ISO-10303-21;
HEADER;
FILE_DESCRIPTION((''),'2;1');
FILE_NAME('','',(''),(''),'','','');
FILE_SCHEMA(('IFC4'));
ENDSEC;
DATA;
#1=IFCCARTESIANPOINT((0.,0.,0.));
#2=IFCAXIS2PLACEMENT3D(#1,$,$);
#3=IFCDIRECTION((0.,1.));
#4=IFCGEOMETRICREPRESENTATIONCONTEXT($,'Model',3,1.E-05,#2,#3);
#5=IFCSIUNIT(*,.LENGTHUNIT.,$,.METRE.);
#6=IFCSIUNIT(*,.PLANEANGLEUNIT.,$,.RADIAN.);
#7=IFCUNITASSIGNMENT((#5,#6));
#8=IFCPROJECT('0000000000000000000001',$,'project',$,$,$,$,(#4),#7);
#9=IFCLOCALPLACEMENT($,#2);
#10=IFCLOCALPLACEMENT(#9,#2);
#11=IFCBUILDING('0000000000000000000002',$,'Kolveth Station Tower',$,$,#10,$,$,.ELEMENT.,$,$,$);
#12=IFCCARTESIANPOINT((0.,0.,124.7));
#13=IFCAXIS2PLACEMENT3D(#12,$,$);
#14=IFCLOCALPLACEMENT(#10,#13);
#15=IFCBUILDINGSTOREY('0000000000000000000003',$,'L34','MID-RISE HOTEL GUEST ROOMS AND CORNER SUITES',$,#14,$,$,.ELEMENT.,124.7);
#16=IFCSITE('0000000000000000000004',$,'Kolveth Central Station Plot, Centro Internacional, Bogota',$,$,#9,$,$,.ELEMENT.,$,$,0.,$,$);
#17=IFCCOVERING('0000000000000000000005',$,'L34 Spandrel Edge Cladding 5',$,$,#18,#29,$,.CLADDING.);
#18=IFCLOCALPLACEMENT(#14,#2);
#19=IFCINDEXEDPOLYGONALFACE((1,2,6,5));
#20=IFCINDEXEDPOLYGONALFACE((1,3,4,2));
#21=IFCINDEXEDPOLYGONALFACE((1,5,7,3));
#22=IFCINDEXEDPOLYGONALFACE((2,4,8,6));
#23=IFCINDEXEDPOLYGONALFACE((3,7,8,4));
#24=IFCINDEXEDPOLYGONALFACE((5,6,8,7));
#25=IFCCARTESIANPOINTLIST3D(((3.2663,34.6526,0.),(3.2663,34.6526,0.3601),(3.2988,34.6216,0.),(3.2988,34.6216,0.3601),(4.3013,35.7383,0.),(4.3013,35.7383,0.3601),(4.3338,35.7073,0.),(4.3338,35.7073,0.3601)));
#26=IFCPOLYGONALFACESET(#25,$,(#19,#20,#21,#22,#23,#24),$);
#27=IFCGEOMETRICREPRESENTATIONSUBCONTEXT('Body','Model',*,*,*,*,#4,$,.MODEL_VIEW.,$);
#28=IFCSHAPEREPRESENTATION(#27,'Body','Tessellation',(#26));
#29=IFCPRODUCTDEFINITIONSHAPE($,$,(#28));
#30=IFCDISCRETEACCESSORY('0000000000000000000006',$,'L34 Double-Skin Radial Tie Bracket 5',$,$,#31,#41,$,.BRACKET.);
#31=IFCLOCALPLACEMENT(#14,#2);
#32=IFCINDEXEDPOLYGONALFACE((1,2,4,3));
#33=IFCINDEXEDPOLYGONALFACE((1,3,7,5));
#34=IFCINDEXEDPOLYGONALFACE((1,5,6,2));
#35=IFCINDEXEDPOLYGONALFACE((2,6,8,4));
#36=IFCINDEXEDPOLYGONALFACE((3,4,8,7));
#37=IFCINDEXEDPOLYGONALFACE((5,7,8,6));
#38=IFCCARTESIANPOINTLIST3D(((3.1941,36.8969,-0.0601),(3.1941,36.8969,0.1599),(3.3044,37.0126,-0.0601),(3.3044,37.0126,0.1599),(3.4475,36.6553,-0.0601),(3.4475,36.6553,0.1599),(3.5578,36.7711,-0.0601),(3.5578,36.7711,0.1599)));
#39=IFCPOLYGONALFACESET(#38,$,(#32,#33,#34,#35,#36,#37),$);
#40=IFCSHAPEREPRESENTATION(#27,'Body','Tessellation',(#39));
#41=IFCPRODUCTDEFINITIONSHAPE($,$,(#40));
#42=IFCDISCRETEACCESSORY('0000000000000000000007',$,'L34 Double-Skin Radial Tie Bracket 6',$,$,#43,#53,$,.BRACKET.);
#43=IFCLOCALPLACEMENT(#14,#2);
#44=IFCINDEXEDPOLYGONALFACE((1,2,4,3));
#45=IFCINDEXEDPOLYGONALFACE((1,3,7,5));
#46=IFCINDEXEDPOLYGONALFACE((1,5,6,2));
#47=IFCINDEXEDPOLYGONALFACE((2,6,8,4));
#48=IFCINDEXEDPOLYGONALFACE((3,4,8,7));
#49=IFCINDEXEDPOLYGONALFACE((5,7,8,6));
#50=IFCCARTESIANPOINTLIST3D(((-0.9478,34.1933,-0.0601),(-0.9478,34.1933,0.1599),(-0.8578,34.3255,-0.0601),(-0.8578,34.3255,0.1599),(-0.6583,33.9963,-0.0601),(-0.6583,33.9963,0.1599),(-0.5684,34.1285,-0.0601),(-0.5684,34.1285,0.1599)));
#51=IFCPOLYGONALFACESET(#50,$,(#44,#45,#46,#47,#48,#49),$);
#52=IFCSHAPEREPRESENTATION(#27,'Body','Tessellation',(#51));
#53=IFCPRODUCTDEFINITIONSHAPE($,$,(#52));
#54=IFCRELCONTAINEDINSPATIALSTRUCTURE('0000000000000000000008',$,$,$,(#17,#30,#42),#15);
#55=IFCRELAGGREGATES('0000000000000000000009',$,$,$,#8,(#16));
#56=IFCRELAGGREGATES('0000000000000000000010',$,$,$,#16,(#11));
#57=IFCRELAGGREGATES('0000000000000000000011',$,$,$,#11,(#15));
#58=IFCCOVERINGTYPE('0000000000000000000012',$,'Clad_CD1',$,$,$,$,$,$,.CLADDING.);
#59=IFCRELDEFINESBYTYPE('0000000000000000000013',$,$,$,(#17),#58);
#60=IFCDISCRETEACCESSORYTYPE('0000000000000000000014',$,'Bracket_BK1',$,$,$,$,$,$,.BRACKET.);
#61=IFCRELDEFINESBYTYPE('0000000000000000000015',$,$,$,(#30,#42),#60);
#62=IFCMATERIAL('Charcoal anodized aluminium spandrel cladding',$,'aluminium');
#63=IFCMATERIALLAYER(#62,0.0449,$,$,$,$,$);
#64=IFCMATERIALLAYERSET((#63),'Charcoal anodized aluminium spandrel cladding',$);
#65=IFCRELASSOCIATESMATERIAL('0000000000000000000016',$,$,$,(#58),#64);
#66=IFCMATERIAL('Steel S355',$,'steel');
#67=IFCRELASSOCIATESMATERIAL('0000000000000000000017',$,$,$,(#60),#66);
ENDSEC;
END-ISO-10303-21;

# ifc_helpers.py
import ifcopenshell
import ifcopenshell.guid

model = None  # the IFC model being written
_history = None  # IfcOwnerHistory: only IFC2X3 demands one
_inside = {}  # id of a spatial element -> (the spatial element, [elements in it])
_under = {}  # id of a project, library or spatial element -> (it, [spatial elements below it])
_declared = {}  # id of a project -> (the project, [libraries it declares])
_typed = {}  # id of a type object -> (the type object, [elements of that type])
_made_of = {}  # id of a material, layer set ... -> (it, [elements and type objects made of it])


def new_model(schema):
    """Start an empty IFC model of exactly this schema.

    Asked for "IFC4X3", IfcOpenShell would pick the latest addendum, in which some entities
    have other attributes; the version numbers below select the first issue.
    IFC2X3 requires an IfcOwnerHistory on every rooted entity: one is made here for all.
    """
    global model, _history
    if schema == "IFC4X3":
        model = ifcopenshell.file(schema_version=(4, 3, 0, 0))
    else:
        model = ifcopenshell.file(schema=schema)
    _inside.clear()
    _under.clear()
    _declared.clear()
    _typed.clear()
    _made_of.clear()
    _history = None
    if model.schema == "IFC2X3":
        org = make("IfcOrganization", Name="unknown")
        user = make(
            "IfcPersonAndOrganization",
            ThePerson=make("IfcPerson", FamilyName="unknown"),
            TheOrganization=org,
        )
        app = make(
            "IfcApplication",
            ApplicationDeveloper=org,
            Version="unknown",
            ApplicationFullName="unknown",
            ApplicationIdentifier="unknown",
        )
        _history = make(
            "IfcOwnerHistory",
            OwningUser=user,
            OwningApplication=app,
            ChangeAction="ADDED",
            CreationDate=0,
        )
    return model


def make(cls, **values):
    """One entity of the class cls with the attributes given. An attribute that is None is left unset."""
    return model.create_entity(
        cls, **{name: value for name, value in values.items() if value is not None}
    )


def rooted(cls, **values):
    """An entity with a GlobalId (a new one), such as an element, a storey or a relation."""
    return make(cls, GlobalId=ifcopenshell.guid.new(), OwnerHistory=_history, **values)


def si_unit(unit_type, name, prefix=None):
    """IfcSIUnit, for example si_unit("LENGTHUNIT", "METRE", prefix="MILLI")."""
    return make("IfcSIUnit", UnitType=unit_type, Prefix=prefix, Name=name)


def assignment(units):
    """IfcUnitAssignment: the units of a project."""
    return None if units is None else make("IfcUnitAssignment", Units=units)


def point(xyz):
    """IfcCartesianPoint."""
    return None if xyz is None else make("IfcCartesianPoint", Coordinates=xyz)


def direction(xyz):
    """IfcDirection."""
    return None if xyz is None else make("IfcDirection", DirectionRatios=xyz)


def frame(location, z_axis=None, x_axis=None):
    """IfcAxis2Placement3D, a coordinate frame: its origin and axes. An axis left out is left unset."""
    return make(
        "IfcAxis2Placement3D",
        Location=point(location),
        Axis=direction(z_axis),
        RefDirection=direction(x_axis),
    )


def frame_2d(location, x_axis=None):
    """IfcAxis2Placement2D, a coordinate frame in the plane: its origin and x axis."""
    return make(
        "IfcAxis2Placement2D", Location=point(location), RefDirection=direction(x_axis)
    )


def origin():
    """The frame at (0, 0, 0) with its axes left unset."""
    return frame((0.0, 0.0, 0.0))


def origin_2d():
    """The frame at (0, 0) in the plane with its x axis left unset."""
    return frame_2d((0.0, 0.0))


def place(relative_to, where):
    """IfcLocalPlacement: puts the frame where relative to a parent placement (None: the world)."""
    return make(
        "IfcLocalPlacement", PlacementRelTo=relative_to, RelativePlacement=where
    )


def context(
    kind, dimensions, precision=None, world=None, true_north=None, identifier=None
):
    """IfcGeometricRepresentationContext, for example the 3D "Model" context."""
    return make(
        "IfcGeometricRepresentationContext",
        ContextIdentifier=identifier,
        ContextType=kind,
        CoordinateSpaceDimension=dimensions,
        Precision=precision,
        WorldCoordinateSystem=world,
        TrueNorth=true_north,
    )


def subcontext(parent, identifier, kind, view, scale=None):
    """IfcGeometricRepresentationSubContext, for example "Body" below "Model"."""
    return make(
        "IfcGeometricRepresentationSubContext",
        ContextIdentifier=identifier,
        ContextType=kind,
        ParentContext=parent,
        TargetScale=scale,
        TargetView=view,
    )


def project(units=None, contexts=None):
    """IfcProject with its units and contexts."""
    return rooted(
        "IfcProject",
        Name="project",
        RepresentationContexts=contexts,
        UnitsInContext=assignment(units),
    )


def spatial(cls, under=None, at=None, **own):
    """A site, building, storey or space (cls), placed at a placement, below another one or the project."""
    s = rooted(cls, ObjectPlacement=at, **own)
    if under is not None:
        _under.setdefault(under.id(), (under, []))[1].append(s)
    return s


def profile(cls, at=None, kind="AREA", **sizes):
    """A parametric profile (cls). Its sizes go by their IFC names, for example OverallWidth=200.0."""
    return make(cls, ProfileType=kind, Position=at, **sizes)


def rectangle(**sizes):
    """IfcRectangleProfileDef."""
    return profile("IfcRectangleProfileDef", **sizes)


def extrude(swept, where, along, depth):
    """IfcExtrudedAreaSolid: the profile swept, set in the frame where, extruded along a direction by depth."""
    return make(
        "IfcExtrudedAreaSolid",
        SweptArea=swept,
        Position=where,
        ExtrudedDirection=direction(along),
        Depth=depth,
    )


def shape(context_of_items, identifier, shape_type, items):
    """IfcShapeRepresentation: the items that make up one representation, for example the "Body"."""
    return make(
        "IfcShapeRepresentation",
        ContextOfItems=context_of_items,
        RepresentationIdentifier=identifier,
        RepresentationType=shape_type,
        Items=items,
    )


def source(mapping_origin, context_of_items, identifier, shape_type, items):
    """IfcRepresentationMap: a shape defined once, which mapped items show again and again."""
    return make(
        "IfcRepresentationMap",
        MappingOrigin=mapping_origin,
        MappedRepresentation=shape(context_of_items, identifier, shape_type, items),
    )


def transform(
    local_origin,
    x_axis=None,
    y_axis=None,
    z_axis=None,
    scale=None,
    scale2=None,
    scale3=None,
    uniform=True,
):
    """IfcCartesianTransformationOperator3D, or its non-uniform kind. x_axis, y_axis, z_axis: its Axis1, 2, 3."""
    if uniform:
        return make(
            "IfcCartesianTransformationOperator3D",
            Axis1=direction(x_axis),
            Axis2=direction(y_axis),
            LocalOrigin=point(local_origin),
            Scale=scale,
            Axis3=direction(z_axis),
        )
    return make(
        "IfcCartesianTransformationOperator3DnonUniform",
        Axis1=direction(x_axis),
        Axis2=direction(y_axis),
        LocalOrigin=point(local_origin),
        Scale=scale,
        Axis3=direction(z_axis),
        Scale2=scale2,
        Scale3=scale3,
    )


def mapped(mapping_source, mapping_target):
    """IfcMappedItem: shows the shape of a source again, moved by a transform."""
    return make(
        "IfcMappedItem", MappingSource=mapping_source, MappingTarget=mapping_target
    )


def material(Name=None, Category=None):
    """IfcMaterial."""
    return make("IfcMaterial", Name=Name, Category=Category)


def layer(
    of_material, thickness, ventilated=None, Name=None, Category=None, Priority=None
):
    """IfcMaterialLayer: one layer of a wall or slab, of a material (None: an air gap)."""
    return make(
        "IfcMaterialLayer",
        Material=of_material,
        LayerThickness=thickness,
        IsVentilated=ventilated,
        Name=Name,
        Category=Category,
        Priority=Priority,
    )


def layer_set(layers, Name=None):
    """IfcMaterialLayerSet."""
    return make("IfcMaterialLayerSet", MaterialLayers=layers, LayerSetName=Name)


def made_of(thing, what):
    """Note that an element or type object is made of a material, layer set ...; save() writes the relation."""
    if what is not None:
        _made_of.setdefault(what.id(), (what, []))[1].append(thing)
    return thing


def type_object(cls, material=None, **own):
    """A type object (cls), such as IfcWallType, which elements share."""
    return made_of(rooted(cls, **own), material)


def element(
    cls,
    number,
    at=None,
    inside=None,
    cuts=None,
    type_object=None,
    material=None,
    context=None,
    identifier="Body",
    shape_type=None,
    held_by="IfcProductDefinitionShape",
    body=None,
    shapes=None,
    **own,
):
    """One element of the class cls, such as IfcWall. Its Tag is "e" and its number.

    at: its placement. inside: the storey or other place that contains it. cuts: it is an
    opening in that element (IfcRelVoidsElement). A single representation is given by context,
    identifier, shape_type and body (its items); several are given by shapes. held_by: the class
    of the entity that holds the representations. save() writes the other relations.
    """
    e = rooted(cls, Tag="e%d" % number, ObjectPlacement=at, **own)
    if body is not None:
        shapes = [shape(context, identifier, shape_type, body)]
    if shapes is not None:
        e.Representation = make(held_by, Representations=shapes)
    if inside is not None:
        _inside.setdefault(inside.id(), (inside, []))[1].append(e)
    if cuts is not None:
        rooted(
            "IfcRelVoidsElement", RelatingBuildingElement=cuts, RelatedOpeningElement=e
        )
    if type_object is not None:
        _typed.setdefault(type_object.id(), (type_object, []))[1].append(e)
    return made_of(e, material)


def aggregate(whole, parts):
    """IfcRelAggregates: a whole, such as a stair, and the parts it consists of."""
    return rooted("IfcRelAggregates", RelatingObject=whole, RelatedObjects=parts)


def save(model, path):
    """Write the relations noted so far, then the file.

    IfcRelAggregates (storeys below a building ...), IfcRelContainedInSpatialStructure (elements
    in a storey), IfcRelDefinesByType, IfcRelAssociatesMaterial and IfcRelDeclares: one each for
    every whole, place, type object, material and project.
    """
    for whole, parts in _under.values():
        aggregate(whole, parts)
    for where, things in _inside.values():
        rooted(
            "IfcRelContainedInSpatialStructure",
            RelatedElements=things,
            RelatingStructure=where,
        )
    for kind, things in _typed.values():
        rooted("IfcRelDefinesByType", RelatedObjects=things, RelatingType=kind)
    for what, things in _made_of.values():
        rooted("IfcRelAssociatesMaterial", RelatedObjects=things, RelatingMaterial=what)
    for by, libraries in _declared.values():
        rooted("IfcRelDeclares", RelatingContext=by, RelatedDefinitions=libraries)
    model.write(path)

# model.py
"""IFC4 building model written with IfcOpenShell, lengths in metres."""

from ifc_helpers import new_model, si_unit, direction, frame, origin, origin_2d, place, context, subcontext, project, spatial, rectangle, extrude, source, transform, mapped, material, layer, layer_set, type_object, element, save


model = new_model("IFC4")

# Units and contexts
model_context = context("Model", 3, precision=1e-05, world=origin(), true_north=direction((0.0, 1.0)))
body_context = subcontext(model_context, "Body", "Model", "MODEL_VIEW")
ifc_project = project(units=[si_unit("LENGTHUNIT", "METRE"), si_unit("PLANEANGLEUNIT", "RADIAN")], contexts=[model_context])

# Site, building, storey
site_placement = place(None, origin())
site = spatial("IfcSite", under=ifc_project, at=site_placement, Name="Kolveth Central Station Plot, Centro Internacional, Bogota", CompositionType="ELEMENT", RefElevation=0.0)
building_placement = place(site_placement, origin())
building = spatial("IfcBuilding", under=site, at=building_placement, Name="Kolveth Station Tower", CompositionType="ELEMENT")
storey_placement = place(building_placement, frame((0.0, 0.0, 124.7)))
storey = spatial("IfcBuildingStorey", under=building, at=storey_placement, Name="L34", Description="MID-RISE HOTEL GUEST ROOMS AND CORNER SUITES", CompositionType="ELEMENT", Elevation=124.7)

# Covering
ifc_material_1 = material(Name="Charcoal anodized aluminium spandrel cladding", Category="aluminium")
ifc_layer_1 = layer(ifc_material_1, 0.0449)
ifc_layer_set_1 = layer_set([ifc_layer_1], Name="Charcoal anodized aluminium spandrel cladding")
covering_type = type_object("IfcCoveringType", Name="Clad_CD1", PredefinedType="CLADDING", material=ifc_layer_set_1)
shared_shape_1 = source(origin(), body_context, "Body", "SweptSolid", [
    extrude(rectangle(XDim=1.5, YDim=0.0449, at=origin_2d()), origin(), (0.0, 0.0, 1.0), 0.3601),
])
covering_placement = place(storey_placement, frame((3.8, 35.1799, 0.0), z_axis=(0.0, 0.0, 1.0), x_axis=(-0.689999, -0.723811, 0.0)))
element("IfcCovering", 1, at=covering_placement, inside=storey, type_object=covering_type, Name="L34 Spandrel Edge Cladding 5", PredefinedType="CLADDING", context=body_context, shape_type="MappedRepresentation", body=[
    mapped(shared_shape_1, transform((0.0, 0.0, 0.0), x_axis=(1.0, 0.0, 0.0), y_axis=(0.0, 1.0, 0.0), z_axis=(0.0, 0.0, 1.0), scale=1.0)),
])

# Discrete accessories
ifc_material_2 = material(Name="Steel S355", Category="steel")
discrete_accessory_type = type_object("IfcDiscreteAccessoryType", Name="Bracket_BK1", PredefinedType="BRACKET", material=ifc_material_2)
shared_shape_2 = source(origin(), body_context, "Body", "SweptSolid", [
    extrude(rectangle(XDim=0.3501, YDim=0.1599, at=origin_2d()), origin(), (0.0, 0.0, 1.0), 0.22),
])
for number, where, z_axis, x_axis, name in (
    (2, (3.376, 36.834, -0.0601), (0.0, 0.0, 1.0), (-0.723811, 0.689999, 0.0), "L34 Double-Skin Radial Tie Bracket 5"),
    (3, (-0.7581, 34.1609, -0.0601), (0.0, 0.0, 1.0), (-0.826688, 0.562661, 0.0), "L34 Double-Skin Radial Tie Bracket 6"),
):
    element("IfcDiscreteAccessory", number, at=place(storey_placement, frame(where, z_axis=z_axis, x_axis=x_axis)), inside=storey, type_object=discrete_accessory_type, Name=name, PredefinedType="BRACKET", context=body_context, shape_type="MappedRepresentation", body=[
        mapped(shared_shape_2, transform((0.0, 0.0, 0.0), x_axis=(1.0, 0.0, 0.0), y_axis=(0.0, 1.0, 0.0), z_axis=(0.0, 0.0, 1.0), scale=1.0)),
    ])

save(model, "model.ifc")
